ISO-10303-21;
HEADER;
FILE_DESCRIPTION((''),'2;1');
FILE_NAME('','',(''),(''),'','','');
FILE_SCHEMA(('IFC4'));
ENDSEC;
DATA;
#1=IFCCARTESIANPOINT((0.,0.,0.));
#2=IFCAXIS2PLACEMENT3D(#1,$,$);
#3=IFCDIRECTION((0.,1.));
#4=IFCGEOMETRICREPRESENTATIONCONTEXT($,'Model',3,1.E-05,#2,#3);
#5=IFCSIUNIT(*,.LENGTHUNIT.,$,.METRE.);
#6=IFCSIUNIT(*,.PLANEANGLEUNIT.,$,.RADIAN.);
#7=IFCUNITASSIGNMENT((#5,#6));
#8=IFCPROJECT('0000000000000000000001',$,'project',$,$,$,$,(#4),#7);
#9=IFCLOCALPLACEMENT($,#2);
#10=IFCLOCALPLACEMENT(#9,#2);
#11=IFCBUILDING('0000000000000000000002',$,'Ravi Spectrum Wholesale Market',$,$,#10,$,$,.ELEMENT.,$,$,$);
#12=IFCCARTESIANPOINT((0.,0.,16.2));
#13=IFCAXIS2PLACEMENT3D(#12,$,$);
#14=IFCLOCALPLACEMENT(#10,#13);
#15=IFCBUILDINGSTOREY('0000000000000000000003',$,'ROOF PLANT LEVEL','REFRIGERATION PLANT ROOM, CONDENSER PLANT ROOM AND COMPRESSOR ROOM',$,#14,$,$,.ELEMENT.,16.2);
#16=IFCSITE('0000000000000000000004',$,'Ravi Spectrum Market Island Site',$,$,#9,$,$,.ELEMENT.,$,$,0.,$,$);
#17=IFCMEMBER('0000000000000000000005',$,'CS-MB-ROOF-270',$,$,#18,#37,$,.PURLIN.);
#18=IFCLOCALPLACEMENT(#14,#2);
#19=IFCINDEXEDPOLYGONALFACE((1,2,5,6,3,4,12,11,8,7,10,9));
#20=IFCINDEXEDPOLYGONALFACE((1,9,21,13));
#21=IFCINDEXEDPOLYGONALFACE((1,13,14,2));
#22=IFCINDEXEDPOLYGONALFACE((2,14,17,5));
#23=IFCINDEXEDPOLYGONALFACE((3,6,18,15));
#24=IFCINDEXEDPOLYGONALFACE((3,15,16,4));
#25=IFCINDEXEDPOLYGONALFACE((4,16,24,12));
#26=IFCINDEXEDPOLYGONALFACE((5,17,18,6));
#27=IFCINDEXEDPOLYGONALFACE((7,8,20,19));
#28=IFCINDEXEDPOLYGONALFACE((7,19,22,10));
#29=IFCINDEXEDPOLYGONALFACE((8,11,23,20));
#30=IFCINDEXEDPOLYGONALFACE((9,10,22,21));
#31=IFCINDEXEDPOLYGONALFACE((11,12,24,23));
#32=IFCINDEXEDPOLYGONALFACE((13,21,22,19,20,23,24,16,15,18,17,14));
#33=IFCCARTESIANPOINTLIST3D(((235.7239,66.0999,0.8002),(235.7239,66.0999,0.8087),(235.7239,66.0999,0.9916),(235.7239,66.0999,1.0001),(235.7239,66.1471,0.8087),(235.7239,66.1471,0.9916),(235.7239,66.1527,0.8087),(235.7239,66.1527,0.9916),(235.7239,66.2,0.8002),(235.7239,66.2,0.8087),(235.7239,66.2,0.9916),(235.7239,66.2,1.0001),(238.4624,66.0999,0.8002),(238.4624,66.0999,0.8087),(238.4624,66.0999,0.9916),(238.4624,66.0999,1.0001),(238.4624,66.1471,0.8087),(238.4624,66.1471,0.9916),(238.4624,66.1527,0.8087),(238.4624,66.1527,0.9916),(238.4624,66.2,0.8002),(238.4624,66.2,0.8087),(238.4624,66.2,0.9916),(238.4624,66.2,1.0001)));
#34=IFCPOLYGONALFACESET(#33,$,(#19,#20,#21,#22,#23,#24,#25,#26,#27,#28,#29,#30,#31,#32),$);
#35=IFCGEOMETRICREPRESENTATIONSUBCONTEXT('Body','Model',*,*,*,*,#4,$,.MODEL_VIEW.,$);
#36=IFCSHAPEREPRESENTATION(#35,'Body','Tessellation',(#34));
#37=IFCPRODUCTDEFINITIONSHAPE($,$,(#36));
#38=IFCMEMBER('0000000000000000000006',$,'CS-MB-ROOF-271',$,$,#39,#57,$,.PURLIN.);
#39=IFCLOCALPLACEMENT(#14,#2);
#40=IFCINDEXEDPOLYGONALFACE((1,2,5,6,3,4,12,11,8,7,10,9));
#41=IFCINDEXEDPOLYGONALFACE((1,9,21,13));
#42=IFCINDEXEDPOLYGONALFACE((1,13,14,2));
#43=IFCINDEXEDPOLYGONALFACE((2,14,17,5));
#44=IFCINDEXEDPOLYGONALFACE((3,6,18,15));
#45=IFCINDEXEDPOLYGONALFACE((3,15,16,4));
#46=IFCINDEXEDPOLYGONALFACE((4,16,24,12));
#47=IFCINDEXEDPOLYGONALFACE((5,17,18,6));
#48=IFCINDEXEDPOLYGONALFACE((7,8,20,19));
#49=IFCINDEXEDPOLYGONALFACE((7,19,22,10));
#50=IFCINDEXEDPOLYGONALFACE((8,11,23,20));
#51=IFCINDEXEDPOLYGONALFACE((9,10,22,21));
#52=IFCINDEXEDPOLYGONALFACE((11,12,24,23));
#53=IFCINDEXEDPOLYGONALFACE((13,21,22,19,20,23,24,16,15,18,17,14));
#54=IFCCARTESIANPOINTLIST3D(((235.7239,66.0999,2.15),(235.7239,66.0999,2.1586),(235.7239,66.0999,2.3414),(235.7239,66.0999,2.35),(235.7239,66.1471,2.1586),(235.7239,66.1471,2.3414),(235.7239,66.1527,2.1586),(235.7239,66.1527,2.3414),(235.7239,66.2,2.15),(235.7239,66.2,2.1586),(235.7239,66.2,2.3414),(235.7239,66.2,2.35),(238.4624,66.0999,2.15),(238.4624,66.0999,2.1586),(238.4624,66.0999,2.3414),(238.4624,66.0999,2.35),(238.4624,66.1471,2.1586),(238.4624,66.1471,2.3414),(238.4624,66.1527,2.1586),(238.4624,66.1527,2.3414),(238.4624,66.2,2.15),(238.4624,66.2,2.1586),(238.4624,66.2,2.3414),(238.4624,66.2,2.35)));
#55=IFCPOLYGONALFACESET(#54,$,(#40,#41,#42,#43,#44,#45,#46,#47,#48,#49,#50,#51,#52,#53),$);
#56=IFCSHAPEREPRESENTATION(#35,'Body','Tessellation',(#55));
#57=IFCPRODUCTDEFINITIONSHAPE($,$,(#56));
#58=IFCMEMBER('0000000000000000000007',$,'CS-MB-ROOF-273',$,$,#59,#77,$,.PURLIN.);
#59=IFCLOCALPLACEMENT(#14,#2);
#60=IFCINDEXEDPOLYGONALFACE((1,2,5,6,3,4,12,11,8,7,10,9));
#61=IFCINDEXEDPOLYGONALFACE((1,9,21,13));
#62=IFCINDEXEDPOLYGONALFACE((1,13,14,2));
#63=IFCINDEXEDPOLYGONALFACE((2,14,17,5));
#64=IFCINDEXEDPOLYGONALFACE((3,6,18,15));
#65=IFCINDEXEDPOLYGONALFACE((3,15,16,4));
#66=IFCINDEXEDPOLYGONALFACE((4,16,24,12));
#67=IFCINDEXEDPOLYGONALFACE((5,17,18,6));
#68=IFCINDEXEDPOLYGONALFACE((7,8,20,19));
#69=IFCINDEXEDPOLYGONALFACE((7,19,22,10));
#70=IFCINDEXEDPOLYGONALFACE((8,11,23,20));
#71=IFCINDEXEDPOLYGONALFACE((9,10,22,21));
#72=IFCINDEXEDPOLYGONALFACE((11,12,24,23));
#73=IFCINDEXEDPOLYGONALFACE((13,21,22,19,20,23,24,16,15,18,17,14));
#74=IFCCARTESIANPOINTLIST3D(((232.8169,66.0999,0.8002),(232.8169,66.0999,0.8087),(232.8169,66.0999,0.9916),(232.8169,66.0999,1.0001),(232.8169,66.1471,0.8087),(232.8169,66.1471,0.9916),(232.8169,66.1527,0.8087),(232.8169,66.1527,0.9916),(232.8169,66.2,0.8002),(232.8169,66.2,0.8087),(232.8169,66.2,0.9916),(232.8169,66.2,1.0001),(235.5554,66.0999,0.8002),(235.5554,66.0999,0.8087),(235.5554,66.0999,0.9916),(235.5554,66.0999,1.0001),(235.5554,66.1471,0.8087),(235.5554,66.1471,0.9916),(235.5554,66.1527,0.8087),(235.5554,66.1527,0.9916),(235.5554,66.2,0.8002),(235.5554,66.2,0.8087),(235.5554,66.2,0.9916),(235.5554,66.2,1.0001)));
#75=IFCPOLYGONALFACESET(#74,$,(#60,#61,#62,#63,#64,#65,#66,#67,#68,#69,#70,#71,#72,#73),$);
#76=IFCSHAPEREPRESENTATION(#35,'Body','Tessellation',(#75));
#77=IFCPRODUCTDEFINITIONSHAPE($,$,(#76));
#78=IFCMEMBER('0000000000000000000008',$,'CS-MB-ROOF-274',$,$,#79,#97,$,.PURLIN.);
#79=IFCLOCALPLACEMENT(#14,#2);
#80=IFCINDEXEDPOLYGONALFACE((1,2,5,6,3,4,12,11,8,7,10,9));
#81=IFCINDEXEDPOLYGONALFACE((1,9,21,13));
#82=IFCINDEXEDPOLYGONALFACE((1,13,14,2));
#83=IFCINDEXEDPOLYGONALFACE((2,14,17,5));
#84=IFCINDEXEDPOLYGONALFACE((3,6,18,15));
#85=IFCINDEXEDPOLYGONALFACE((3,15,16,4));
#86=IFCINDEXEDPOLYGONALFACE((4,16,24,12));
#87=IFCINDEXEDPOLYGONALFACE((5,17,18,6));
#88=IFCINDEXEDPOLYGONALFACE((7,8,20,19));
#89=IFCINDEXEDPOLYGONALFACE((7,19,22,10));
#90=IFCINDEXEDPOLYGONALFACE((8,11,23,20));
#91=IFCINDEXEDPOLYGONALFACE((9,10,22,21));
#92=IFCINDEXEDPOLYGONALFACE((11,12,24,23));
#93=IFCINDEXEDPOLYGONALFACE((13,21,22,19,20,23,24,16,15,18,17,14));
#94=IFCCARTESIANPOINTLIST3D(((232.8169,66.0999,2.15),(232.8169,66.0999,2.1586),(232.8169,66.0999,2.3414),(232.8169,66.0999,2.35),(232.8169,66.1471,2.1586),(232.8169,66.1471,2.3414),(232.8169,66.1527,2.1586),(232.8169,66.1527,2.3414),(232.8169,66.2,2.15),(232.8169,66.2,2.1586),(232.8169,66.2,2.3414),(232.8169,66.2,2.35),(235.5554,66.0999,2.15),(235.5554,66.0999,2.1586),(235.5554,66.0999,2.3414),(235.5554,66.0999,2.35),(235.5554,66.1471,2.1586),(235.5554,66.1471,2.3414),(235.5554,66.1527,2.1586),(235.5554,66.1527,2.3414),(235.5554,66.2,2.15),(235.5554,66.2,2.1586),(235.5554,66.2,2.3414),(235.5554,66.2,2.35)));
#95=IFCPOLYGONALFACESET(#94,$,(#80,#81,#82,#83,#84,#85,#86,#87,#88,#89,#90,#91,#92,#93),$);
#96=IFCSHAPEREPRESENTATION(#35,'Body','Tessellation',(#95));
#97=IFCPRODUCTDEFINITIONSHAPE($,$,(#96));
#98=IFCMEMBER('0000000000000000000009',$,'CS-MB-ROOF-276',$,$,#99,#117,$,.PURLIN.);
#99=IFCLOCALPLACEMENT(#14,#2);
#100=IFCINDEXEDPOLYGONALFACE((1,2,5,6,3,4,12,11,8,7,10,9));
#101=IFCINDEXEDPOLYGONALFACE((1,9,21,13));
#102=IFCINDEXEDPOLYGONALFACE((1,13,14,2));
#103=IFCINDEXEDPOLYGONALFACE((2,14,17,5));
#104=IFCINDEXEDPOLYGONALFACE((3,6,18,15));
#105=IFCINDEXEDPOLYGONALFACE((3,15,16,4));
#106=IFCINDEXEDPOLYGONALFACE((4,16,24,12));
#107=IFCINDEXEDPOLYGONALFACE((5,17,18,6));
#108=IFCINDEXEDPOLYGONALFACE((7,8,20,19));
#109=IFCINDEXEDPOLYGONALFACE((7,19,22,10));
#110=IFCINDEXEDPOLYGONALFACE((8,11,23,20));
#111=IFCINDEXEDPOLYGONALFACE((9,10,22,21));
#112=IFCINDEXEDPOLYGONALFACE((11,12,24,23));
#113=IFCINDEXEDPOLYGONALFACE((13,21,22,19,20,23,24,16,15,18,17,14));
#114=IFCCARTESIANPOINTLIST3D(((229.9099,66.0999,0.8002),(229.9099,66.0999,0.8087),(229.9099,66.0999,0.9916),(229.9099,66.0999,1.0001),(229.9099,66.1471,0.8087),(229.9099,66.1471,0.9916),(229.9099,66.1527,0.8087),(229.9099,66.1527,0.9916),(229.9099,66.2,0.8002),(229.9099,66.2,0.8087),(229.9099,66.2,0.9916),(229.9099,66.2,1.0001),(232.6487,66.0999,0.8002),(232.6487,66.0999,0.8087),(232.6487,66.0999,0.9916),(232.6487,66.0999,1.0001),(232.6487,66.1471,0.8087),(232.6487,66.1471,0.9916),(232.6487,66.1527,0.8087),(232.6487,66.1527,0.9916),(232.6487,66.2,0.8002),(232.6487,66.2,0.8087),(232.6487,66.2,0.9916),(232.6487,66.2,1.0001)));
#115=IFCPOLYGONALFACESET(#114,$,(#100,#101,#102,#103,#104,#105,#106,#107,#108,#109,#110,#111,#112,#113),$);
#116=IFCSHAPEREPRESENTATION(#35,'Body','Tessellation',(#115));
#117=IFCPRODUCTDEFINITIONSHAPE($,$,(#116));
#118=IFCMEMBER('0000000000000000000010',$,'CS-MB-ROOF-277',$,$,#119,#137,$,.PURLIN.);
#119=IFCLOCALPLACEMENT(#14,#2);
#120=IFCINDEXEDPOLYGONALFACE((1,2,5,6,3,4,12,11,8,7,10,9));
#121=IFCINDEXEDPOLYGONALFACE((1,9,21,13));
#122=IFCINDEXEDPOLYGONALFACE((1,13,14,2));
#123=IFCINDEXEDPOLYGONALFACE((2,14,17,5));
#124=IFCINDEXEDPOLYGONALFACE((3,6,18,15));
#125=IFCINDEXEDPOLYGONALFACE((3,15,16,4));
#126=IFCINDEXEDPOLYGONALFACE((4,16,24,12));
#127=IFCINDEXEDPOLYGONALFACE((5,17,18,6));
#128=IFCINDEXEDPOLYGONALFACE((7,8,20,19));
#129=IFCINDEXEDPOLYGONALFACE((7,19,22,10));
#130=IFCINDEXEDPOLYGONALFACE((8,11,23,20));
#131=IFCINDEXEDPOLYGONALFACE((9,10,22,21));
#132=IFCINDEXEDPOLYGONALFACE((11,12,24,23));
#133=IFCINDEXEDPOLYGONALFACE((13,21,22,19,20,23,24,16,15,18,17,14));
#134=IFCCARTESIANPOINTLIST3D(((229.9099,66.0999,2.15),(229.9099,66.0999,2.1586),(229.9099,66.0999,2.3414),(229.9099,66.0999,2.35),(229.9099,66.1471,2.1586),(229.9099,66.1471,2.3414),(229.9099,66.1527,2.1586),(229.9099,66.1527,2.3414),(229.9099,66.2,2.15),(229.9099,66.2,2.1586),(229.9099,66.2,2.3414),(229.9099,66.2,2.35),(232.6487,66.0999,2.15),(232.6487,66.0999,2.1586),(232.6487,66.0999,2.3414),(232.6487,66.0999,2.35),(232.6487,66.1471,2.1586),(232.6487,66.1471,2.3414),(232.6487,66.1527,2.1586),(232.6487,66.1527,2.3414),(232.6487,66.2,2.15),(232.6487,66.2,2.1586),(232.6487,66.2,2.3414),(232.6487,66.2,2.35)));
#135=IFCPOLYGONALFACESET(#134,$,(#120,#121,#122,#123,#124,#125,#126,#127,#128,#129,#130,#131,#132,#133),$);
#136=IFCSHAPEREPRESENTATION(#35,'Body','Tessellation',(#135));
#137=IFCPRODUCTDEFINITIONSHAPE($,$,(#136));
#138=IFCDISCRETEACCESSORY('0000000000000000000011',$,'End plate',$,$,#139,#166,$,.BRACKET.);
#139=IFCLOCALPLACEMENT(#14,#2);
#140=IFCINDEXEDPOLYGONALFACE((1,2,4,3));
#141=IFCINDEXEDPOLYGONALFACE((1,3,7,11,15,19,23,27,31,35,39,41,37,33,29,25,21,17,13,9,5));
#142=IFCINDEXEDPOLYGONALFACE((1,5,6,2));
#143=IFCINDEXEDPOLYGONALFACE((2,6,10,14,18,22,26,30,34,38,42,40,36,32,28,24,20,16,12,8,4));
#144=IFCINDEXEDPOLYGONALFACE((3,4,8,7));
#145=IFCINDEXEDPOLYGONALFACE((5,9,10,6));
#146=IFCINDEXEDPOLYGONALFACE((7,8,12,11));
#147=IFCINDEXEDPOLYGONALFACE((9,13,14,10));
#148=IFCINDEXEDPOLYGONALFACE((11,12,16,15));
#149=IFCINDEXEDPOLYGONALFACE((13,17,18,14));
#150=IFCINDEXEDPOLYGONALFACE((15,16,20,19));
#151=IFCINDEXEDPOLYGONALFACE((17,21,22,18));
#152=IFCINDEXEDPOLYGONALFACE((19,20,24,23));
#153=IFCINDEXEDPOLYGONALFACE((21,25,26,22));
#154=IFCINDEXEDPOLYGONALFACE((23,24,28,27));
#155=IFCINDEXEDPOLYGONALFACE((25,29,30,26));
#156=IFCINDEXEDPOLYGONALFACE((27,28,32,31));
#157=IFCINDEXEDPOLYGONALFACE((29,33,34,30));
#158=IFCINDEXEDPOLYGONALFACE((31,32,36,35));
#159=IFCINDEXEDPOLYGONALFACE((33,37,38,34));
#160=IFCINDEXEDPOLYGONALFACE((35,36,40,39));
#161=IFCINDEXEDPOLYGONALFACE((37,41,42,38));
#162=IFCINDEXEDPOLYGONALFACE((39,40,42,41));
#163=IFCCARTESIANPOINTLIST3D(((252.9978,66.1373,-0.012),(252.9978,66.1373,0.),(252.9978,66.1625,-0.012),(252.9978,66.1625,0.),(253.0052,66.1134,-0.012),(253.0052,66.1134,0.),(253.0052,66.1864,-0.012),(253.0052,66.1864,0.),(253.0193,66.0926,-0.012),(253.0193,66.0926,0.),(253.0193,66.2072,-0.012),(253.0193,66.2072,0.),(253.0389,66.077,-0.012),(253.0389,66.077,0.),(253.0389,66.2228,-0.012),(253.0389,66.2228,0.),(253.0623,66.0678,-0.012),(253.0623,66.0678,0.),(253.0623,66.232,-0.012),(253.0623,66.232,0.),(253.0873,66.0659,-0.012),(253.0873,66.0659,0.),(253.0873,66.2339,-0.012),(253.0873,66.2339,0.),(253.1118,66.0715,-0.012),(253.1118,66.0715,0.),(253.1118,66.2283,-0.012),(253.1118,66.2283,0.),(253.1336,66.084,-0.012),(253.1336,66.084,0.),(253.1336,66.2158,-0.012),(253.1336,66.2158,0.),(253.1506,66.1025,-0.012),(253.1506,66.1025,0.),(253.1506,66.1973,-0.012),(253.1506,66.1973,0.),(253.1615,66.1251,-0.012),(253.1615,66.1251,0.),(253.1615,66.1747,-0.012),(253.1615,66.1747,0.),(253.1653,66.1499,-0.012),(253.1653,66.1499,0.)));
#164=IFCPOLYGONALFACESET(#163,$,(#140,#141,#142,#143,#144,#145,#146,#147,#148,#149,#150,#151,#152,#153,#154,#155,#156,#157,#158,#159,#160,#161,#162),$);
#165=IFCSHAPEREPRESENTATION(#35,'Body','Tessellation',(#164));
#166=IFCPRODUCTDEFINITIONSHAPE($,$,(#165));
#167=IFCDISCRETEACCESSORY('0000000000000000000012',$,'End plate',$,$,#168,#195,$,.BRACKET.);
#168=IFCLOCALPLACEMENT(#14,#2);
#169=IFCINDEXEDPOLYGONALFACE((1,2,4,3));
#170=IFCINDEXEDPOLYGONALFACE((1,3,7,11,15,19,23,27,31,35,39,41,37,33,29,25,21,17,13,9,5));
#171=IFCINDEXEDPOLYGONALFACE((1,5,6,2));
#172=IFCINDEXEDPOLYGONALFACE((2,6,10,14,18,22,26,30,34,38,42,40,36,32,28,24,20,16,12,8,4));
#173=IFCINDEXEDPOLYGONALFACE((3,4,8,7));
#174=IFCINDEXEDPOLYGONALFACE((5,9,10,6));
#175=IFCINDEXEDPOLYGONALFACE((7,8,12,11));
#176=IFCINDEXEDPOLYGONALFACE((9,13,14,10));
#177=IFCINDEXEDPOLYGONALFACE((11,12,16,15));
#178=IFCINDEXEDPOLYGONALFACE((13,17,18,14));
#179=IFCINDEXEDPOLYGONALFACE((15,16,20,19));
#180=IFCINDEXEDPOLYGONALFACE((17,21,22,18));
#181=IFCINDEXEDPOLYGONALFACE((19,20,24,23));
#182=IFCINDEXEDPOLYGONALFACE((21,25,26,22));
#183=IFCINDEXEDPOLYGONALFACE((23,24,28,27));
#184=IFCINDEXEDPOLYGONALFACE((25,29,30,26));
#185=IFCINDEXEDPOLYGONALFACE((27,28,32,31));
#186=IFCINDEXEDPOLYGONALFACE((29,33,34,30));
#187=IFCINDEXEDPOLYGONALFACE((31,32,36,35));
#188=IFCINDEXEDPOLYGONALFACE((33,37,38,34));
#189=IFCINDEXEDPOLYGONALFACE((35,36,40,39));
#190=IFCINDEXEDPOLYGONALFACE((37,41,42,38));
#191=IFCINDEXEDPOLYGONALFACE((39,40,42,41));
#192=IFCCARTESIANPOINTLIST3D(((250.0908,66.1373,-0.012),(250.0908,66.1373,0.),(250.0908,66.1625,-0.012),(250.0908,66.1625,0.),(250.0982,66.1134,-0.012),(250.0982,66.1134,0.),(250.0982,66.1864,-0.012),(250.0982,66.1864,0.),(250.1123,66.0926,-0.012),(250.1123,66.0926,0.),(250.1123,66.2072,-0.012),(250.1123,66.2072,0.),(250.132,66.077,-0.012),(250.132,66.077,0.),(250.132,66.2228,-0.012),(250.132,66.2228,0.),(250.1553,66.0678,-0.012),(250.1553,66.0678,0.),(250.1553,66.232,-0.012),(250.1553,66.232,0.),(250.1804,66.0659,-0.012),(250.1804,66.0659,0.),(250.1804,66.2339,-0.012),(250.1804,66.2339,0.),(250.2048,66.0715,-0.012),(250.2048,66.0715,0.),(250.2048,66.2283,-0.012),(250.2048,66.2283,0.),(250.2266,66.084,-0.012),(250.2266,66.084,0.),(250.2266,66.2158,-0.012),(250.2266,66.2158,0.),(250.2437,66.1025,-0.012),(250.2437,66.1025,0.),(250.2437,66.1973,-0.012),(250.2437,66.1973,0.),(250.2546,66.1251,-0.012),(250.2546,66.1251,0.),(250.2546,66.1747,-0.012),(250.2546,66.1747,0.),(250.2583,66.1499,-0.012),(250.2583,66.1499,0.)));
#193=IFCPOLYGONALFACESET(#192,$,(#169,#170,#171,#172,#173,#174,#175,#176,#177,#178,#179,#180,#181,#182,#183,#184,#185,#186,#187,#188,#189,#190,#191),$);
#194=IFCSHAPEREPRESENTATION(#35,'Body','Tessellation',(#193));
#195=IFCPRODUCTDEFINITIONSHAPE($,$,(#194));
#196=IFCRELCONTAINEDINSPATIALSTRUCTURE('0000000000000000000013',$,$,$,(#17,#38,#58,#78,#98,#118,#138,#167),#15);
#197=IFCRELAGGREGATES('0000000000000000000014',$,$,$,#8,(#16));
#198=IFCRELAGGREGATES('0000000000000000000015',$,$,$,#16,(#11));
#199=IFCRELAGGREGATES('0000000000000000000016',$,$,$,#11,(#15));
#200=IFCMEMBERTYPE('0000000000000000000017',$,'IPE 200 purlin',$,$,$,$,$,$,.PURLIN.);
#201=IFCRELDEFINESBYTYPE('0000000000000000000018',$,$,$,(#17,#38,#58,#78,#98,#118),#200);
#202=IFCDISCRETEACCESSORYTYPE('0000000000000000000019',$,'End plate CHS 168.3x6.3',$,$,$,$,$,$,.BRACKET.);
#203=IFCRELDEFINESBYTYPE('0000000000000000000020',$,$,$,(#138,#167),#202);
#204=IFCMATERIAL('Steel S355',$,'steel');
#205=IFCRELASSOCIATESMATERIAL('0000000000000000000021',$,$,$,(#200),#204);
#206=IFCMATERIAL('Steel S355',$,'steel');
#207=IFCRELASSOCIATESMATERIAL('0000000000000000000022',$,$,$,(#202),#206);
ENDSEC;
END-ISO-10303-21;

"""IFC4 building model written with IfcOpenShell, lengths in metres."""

from ifc_helpers import new_model, si_unit, direction, frame, origin, origin_2d, place, context, subcontext, project, spatial, circle, i_section, extrude, material, material_profile, profile_set, type_object, element, save


model = new_model("IFC4")

# Units and contexts
model_context = context("Model", 3, precision=1e-05, world=origin(), true_north=direction((0.0, 1.0)))
body_context = subcontext(model_context, "Body", "Model", "MODEL_VIEW")
ifc_project = project(units=[si_unit("LENGTHUNIT", "METRE"), si_unit("PLANEANGLEUNIT", "RADIAN")], contexts=[model_context])

# Site, building, storey
site_placement = place(None, origin())
site = spatial("IfcSite", under=ifc_project, at=site_placement, Name="Ravi Spectrum Market Island Site", CompositionType="ELEMENT", RefElevation=0.0)
building_placement = place(site_placement, origin())
building = spatial("IfcBuilding", under=site, at=building_placement, Name="Ravi Spectrum Wholesale Market", CompositionType="ELEMENT")
storey_placement = place(building_placement, frame((0.0, 0.0, 16.2)))
storey = spatial("IfcBuildingStorey", under=building, at=storey_placement, Name="ROOF PLANT LEVEL", Description="REFRIGERATION PLANT ROOM, CONDENSER PLANT ROOM AND COMPRESSOR ROOM", CompositionType="ELEMENT", Elevation=16.2)

# Members
ifc_material_1 = material(Name="Steel S355", Category="steel")
ifc_material_profile_1 = material_profile(ifc_material_1, i_section(OverallWidth=0.1001, OverallDepth=0.2, WebThickness=0.0056, FlangeThickness=0.0085, at=origin_2d()))
ifc_profile_set_1 = profile_set([ifc_material_profile_1], Name="Steel S355")
member_type_1 = type_object("IfcMemberType", Name="IPE 200 purlin", PredefinedType="PURLIN", material=ifc_profile_set_1)
for number, where, z_axis, x_axis, name in (
    (1, (238.4624, 66.1499, 0.9001), (-1.0, 0.0, 0.0), (0.0, -1.0, 0.0), "CS-MB-ROOF-270"),
    (2, (238.4624, 66.1499, 2.25), (-1.0, 0.0, 0.0), (0.0, -1.0, 0.0), "CS-MB-ROOF-271"),
    (3, (235.5554, 66.1499, 0.9001), (-1.0, 0.0, 0.0), (0.0, -1.0, 0.0), "CS-MB-ROOF-273"),
    (4, (235.5554, 66.1499, 2.25), (-1.0, 0.0, 0.0), (0.0, -1.0, 0.0), "CS-MB-ROOF-274"),
):
    element("IfcMember", number, at=place(storey_placement, frame(where, z_axis=z_axis, x_axis=x_axis)), inside=storey, type_object=member_type_1, Name=name, PredefinedType="PURLIN", context=body_context, shape_type="SweptSolid", body=[
        extrude(i_section(OverallWidth=0.1001, OverallDepth=0.2, WebThickness=0.0056, FlangeThickness=0.0085, at=origin_2d()), origin(), (0.0, 0.0, 1.0), 2.7385),
    ])
for number, where, z_axis, x_axis, name in (
    (5, (232.6487, 66.1499, 0.9001), (-1.0, 0.0, 0.0), (0.0, -1.0, 0.0), "CS-MB-ROOF-276"),
    (6, (232.6487, 66.1499, 2.25), (-1.0, 0.0, 0.0), (0.0, -1.0, 0.0), "CS-MB-ROOF-277"),
):
    element("IfcMember", number, at=place(storey_placement, frame(where, z_axis=z_axis, x_axis=x_axis)), inside=storey, type_object=member_type_1, Name=name, PredefinedType="PURLIN", context=body_context, shape_type="SweptSolid", body=[
        extrude(i_section(OverallWidth=0.1001, OverallDepth=0.2, WebThickness=0.0056, FlangeThickness=0.0085, at=origin_2d()), origin(), (0.0, 0.0, 1.0), 2.7388),
    ])

# Discrete accessories
ifc_material_2 = material(Name="Steel S355", Category="steel")
ifc_material_profile_2 = material_profile(ifc_material_2, circle(Radius=0.0842, at=origin_2d()))
ifc_profile_set_2 = profile_set([ifc_material_profile_2], Name="Steel S355")
discrete_accessory_type = type_object("IfcDiscreteAccessoryType", Name="End plate CHS 168.3x6.3", PredefinedType="BRACKET", material=ifc_profile_set_2)
for number, where, z_axis, x_axis, name in (
    (7, (253.0811, 66.1499, 0.0), (0.0, 0.0, -1.0), (1.0, 0.0, 0.0), "End plate"),
    (8, (250.1741, 66.1499, 0.0), (0.0, 0.0, -1.0), (1.0, 0.0, 0.0), "End plate"),
):
    element("IfcDiscreteAccessory", number, at=place(storey_placement, frame(where, z_axis=z_axis, x_axis=x_axis)), inside=storey, type_object=discrete_accessory_type, Name=name, PredefinedType="BRACKET", context=body_context, shape_type="SweptSolid", body=[
        extrude(circle(Radius=0.0842, at=origin_2d()), origin(), (0.0, 0.0, 1.0), 0.012),
    ])

save(model, "model.ifc")
